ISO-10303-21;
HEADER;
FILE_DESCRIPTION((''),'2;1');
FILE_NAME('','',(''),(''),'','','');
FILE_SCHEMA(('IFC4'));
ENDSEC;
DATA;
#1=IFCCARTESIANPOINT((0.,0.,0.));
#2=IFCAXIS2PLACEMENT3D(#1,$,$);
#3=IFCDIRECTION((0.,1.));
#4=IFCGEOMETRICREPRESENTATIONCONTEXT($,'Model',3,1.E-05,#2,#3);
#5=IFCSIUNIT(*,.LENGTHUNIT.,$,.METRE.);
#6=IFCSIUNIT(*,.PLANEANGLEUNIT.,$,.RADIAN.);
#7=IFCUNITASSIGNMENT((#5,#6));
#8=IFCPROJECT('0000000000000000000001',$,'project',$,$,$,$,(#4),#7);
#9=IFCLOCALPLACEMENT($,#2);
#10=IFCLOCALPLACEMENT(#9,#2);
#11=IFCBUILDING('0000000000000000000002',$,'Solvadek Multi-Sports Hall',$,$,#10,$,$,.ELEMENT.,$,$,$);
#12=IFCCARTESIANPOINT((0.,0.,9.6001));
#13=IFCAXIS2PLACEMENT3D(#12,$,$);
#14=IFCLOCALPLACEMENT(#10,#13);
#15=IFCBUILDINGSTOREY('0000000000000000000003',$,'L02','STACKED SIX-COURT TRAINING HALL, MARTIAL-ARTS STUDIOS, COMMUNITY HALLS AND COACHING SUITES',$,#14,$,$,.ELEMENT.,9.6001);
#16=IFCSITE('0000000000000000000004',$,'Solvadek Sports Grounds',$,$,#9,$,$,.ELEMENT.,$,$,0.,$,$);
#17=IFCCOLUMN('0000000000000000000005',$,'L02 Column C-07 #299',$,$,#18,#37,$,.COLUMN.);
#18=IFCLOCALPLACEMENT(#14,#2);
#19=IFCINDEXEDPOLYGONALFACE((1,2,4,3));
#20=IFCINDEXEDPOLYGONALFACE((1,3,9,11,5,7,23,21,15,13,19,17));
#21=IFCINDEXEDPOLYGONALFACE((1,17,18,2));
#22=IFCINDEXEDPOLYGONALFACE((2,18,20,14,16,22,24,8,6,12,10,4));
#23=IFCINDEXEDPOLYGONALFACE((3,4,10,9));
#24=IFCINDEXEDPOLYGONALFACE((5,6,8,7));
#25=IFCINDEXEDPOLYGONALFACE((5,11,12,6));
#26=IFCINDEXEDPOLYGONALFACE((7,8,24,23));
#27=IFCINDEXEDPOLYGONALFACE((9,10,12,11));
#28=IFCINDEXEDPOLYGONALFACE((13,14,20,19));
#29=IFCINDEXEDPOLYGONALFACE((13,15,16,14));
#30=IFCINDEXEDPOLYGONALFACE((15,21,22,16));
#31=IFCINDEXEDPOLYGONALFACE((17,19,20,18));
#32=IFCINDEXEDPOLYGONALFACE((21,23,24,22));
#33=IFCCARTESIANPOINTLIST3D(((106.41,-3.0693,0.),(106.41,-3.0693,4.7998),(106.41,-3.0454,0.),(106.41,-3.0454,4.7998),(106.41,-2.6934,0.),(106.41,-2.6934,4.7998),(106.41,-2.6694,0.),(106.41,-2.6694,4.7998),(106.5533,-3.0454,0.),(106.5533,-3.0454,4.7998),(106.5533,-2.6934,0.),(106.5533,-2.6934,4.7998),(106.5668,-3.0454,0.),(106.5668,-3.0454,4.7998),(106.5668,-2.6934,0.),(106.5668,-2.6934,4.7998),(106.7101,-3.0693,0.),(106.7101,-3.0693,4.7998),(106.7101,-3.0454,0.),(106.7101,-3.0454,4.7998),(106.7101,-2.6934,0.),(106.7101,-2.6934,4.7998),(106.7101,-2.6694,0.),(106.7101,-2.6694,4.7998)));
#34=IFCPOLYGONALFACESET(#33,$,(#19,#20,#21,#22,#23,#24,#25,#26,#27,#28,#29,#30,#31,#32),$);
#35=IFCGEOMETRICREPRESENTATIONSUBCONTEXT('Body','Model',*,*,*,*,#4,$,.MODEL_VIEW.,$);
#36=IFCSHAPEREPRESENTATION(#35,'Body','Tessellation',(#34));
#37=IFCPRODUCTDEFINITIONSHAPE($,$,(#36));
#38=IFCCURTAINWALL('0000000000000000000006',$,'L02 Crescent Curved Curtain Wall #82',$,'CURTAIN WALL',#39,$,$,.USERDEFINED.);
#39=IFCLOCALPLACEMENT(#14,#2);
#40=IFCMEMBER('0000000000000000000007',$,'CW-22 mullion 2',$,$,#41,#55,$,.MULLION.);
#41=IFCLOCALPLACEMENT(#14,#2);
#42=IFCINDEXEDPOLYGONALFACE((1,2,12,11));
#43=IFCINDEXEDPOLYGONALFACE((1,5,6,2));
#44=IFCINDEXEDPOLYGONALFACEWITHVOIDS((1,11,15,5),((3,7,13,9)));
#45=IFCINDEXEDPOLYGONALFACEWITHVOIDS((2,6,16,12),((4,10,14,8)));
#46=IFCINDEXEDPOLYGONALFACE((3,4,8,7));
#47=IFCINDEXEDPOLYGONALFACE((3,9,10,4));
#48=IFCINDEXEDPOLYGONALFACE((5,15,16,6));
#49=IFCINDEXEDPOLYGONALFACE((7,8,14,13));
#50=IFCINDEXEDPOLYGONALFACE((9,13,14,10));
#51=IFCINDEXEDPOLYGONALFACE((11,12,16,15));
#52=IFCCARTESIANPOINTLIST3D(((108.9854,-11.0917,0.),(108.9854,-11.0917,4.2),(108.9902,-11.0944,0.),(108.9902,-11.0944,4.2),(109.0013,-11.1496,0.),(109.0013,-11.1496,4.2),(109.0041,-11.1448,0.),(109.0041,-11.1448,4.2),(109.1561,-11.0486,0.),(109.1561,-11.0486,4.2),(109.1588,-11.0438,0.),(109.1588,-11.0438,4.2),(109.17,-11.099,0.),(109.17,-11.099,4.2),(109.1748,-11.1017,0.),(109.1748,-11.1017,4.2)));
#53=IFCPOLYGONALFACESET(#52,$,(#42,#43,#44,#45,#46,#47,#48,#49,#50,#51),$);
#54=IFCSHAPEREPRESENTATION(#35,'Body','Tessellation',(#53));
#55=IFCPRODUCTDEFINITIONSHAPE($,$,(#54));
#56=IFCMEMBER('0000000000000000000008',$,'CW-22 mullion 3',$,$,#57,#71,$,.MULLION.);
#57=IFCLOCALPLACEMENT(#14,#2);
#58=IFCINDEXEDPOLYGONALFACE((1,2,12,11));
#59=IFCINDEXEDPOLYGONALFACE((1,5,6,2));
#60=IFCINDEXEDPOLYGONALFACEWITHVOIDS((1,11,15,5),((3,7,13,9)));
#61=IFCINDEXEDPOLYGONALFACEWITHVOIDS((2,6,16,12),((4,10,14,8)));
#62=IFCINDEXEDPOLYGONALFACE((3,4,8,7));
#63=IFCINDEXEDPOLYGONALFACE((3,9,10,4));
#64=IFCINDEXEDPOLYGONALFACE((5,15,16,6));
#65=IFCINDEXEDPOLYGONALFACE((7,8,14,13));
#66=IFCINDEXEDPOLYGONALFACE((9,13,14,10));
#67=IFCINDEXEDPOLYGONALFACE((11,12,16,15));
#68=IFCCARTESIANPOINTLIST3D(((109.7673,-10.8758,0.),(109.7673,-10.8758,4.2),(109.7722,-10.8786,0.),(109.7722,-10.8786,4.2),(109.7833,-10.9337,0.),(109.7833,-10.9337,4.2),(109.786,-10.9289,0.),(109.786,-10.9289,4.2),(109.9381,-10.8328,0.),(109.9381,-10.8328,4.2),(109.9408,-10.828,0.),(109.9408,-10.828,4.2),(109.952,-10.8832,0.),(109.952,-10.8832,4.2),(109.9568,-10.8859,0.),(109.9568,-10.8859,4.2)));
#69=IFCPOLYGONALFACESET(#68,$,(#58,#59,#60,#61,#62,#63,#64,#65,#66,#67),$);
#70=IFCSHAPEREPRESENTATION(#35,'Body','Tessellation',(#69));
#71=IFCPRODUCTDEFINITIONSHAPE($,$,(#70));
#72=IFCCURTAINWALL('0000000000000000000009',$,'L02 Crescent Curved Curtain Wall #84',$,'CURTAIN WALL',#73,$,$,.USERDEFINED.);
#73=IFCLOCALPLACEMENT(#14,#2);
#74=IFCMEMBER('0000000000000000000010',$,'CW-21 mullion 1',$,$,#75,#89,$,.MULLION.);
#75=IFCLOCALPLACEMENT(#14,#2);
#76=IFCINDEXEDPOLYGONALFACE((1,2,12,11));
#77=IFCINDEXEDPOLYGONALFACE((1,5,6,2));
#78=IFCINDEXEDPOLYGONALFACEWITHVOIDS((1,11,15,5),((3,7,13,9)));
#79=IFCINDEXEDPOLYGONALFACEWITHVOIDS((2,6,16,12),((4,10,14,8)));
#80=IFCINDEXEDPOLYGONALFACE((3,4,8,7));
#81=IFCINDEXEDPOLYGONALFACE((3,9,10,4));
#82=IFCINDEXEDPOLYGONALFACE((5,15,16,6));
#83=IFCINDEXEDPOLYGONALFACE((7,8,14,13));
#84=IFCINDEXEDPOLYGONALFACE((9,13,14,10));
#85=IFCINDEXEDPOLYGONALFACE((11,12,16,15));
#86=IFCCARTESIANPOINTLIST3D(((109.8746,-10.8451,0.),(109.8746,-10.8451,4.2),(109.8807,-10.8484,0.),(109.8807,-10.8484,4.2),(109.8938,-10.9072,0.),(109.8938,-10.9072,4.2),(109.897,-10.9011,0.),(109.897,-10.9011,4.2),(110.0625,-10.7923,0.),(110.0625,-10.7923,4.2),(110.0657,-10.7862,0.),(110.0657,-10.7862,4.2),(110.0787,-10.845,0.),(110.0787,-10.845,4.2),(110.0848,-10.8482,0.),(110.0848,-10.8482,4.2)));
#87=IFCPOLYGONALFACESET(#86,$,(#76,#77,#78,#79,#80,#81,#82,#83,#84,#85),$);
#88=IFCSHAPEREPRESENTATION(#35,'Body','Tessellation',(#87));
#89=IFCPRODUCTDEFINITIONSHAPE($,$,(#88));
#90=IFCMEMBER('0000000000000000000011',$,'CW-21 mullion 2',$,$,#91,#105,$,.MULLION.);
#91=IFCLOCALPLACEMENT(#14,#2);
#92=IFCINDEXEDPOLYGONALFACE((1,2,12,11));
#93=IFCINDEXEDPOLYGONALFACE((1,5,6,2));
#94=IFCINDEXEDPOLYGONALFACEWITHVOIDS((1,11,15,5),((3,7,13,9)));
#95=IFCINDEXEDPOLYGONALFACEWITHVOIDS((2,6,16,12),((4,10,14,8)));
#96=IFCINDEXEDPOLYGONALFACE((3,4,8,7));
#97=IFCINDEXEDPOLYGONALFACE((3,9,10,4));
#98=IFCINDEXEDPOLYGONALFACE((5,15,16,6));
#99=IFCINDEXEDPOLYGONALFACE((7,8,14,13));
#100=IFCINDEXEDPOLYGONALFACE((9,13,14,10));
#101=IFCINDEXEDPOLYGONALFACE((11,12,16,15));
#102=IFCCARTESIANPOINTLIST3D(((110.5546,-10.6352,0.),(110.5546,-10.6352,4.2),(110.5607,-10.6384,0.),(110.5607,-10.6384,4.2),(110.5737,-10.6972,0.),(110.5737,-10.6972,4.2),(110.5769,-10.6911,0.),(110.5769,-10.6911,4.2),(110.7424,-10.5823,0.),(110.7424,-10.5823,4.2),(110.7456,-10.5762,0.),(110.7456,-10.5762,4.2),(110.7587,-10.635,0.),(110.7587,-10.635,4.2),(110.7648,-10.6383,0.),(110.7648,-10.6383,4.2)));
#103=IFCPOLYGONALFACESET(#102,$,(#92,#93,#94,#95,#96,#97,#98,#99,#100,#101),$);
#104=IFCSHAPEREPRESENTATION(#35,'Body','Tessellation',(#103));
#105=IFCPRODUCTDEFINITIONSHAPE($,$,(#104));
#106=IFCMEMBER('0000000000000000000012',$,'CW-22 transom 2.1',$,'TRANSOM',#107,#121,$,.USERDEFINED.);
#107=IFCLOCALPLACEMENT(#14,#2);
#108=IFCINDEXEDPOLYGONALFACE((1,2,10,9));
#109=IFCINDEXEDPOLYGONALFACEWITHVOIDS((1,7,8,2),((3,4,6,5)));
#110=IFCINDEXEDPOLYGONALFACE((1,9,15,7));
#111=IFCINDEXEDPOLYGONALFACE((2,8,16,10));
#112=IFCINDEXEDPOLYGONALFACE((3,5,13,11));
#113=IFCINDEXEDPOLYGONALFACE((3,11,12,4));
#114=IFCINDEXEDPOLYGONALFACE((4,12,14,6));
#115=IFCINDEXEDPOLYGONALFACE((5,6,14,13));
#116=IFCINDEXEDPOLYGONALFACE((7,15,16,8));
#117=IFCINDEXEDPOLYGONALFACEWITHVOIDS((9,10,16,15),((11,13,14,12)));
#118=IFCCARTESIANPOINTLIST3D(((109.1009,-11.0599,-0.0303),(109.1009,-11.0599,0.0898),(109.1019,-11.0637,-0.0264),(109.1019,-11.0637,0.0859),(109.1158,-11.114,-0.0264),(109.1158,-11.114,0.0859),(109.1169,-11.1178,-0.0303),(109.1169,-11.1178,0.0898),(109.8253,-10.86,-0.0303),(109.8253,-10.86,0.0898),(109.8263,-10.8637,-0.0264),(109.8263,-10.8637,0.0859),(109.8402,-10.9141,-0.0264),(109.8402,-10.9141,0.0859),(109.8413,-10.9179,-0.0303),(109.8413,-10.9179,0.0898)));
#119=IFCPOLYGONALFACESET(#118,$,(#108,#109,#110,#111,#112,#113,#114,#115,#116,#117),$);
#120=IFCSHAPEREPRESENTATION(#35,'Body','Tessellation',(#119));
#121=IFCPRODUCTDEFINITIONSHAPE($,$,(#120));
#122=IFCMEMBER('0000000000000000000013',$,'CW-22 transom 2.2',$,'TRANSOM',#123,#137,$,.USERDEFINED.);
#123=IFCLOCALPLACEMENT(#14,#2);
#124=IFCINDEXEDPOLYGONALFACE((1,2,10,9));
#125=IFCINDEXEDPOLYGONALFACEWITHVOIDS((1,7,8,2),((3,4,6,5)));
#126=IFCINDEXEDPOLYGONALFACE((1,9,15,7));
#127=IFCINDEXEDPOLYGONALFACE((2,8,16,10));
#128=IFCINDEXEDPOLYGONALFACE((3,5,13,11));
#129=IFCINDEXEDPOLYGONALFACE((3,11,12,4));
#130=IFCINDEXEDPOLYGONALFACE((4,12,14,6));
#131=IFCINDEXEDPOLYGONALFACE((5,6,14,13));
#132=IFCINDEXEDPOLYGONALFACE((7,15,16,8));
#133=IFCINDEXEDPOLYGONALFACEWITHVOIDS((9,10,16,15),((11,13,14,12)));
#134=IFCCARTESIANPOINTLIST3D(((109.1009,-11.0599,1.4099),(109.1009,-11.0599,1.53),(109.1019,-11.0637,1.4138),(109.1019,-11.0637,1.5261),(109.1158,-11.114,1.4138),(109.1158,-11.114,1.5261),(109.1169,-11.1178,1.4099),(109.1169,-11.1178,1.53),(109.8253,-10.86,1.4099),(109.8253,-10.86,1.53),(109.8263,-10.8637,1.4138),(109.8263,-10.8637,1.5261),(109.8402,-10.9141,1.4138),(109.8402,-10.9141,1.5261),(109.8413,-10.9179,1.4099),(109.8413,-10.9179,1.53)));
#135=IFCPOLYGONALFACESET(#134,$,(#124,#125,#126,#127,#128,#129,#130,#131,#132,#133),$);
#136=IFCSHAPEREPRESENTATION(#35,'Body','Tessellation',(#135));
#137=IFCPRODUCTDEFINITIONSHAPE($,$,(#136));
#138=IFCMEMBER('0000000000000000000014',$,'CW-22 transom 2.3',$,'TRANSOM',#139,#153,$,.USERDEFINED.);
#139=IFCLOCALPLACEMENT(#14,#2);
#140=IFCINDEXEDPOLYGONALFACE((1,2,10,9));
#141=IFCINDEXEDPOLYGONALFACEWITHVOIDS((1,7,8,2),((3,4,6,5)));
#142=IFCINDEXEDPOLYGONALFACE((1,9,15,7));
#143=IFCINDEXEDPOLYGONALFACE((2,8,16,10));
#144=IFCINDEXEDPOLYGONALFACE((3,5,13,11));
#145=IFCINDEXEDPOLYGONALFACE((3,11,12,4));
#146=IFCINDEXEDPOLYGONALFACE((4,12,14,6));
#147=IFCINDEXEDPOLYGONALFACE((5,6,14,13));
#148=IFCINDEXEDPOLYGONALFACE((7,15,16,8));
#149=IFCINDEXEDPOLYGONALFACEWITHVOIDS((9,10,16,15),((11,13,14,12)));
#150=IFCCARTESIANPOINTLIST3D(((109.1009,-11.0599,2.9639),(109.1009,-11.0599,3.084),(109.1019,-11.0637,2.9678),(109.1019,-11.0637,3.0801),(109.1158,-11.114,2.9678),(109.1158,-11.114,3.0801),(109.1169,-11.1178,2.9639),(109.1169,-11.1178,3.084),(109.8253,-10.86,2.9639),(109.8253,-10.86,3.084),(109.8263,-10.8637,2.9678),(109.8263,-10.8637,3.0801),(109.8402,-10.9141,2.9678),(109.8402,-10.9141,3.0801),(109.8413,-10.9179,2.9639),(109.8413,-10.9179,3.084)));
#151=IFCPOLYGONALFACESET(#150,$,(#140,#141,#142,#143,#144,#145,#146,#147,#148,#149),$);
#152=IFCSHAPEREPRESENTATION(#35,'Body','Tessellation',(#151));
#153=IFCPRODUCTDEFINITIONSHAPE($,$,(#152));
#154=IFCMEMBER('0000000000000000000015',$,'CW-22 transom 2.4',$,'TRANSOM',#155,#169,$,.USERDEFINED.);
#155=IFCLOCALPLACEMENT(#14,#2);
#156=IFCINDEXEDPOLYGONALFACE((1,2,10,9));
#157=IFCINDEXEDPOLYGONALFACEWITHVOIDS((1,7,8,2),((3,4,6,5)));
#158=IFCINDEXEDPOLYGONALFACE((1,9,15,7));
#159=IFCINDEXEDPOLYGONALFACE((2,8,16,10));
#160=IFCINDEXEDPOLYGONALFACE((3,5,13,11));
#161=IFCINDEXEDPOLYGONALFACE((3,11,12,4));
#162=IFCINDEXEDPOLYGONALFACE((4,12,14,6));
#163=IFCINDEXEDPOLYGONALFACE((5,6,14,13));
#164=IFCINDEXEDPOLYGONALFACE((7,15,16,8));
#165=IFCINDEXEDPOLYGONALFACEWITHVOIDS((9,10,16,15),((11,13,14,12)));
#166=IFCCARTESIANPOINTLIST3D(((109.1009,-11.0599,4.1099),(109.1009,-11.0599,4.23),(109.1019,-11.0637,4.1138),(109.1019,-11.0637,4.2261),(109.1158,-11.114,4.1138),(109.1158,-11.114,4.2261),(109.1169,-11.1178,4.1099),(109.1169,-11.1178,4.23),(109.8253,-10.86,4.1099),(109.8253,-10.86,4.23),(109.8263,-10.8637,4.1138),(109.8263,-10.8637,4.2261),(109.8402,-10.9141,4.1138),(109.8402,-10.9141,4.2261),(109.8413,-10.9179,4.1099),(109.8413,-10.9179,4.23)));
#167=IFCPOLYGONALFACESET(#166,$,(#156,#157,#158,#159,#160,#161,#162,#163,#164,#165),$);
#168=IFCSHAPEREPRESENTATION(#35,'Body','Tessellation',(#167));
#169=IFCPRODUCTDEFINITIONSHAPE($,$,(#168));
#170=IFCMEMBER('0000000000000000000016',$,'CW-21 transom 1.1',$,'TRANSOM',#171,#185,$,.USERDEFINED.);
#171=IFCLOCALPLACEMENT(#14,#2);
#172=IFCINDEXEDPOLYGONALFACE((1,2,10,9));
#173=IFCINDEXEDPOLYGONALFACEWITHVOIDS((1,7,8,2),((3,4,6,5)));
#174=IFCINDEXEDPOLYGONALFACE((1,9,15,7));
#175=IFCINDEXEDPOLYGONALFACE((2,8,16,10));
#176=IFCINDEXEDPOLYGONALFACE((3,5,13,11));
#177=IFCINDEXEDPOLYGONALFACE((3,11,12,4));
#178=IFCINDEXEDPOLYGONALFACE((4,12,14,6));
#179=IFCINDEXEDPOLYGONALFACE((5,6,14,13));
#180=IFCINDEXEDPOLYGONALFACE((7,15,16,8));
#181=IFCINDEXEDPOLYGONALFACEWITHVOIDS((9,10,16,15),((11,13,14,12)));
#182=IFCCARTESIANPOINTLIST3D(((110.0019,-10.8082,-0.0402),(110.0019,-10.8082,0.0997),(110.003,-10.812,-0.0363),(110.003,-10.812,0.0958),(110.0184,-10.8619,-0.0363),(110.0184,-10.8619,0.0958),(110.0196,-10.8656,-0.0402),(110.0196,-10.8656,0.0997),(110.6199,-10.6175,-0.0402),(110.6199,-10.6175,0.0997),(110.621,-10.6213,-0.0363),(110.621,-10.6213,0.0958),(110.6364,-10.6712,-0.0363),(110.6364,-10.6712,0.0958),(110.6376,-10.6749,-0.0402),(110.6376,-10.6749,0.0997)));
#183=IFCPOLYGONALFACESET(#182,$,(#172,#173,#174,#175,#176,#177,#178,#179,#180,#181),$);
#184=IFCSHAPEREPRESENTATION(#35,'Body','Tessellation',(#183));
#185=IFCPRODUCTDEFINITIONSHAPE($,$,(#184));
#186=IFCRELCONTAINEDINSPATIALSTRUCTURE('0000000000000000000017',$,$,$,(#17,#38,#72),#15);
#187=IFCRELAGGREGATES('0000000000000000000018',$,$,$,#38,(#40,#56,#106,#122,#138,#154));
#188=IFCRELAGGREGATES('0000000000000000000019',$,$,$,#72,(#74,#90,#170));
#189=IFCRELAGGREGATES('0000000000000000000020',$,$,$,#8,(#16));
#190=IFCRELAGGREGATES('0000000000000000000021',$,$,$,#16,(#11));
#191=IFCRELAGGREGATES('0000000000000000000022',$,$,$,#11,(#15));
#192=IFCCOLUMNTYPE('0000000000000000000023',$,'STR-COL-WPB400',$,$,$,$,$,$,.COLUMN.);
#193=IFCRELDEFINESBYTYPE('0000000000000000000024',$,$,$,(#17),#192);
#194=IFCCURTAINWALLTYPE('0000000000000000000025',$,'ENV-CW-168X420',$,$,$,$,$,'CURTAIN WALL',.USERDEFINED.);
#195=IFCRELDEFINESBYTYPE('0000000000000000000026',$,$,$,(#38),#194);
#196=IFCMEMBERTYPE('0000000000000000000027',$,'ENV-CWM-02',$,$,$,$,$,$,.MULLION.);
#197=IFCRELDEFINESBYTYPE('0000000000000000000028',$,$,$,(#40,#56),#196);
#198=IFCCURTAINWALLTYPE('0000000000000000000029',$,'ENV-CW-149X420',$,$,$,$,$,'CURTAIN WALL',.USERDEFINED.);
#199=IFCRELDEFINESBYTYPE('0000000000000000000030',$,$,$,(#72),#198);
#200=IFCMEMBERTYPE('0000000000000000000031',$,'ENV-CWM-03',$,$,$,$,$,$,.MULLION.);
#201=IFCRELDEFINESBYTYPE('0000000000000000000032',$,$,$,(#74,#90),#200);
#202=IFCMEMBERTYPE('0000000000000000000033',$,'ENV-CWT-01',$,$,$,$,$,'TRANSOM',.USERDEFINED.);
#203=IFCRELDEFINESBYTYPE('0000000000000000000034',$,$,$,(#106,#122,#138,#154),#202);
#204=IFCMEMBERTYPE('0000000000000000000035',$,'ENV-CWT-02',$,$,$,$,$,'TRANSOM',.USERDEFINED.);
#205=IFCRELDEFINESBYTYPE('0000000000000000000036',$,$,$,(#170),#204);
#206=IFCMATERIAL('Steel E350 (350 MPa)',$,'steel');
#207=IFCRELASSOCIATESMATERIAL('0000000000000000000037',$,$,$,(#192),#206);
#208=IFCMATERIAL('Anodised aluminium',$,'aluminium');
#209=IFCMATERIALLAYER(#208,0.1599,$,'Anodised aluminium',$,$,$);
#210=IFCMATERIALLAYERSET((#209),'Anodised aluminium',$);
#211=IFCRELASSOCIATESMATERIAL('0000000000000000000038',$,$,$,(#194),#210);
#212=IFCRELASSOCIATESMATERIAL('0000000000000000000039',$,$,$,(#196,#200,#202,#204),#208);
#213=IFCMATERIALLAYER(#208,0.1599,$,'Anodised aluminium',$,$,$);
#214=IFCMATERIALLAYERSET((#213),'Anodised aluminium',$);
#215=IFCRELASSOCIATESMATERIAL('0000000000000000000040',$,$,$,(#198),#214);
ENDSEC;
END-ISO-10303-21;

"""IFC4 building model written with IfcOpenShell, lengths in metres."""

from ifc_helpers import new_model, si_unit, direction, frame, origin, origin_2d, place, context, subcontext, project, spatial, hollow_rectangle, i_section, extrude, material, layer, layer_set, material_profile, profile_set, type_object, element, aggregate, save


model = new_model("IFC4")

# Units and contexts
model_context = context("Model", 3, precision=1e-05, world=origin(), true_north=direction((0.0, 1.0)))
body_context = subcontext(model_context, "Body", "Model", "MODEL_VIEW")
ifc_project = project(units=[si_unit("LENGTHUNIT", "METRE"), si_unit("PLANEANGLEUNIT", "RADIAN")], contexts=[model_context])

# Site, building, storey
site_placement = place(None, origin())
site = spatial("IfcSite", under=ifc_project, at=site_placement, Name="Solvadek Sports Grounds", CompositionType="ELEMENT", RefElevation=0.0)
building_placement = place(site_placement, origin())
building = spatial("IfcBuilding", under=site, at=building_placement, Name="Solvadek Multi-Sports Hall", CompositionType="ELEMENT")
storey_placement = place(building_placement, frame((0.0, 0.0, 9.6001)))
storey = spatial("IfcBuildingStorey", under=building, at=storey_placement, Name="L02", Description="STACKED SIX-COURT TRAINING HALL, MARTIAL-ARTS STUDIOS, COMMUNITY HALLS AND COACHING SUITES", CompositionType="ELEMENT", Elevation=9.6001)

# Column
ifc_material_1 = material(Name="Steel E350 (350 MPa)", Category="steel")
ifc_material_profile_1 = material_profile(ifc_material_1, i_section(OverallWidth=0.3, OverallDepth=0.3999, WebThickness=0.0134, FlangeThickness=0.0239, at=origin_2d()), Name="WPB 400")
ifc_profile_set_1 = profile_set([ifc_material_profile_1], Name="Steel E350 (350 MPa)")
column_type = type_object("IfcColumnType", Name="STR-COL-WPB400", PredefinedType="COLUMN", material=ifc_profile_set_1)
column_placement = place(storey_placement, frame((106.5601, -2.8694, 0.0), z_axis=(0.0, 0.0, 1.0), x_axis=(1.0, 0.0, 0.0)))
element("IfcColumn", 1, at=column_placement, inside=storey, type_object=column_type, Name="L02 Column C-07 #299", PredefinedType="COLUMN", context=body_context, shape_type="SweptSolid", body=[
    extrude(i_section(OverallWidth=0.3, OverallDepth=0.3999, WebThickness=0.0134, FlangeThickness=0.0239, at=origin_2d()), origin(), (0.0, 0.0, 1.0), 4.7998),
])

# Curtain walls, members
ifc_material_2 = material(Name="Anodised aluminium", Category="aluminium")
ifc_layer_1 = layer(ifc_material_2, 0.1599, Name="Anodised aluminium")
ifc_layer_set_1 = layer_set([ifc_layer_1], Name="Anodised aluminium")
curtain_wall_type_1 = type_object("IfcCurtainWallType", Name="ENV-CW-168X420", ElementType="CURTAIN WALL", PredefinedType="USERDEFINED", material=ifc_layer_set_1)
curtain_wall_1_placement = place(storey_placement, origin())
curtain_wall_1 = element("IfcCurtainWall", 2, at=curtain_wall_1_placement, inside=storey, type_object=curtain_wall_type_1, Name="L02 Crescent Curved Curtain Wall #82", ObjectType="CURTAIN WALL", PredefinedType="USERDEFINED")
ifc_material_profile_2 = material_profile(ifc_material_2, hollow_rectangle(XDim=0.0601, YDim=0.1799, WallThickness=0.0039, at=origin_2d()), Name="ALU-M 180x60x4")
ifc_profile_set_2 = profile_set([ifc_material_profile_2], Name="Anodised aluminium")
member_type_1 = type_object("IfcMemberType", Name="ENV-CWM-02", PredefinedType="MULLION", material=ifc_profile_set_2)
member_1_placement = place(storey_placement, frame((109.0801, -11.0967, 0.0), z_axis=(0.0, 0.0, 1.0), x_axis=(-0.265982, 0.963978, 0.0)))
member_1 = element("IfcMember", 3, at=member_1_placement, type_object=member_type_1, Name="CW-22 mullion 2", PredefinedType="MULLION", context=body_context, shape_type="SweptSolid", body=[
    extrude(hollow_rectangle(XDim=0.0601, YDim=0.1799, WallThickness=0.0039, at=origin_2d()), origin(), (0.0, 0.0, 1.0), 4.2),
])
member_2_placement = place(storey_placement, frame((109.8621, -10.8809, 0.0), z_axis=(0.0, 0.0, 1.0), x_axis=(-0.265982, 0.963978, 0.0)))
member_2 = element("IfcMember", 4, at=member_2_placement, type_object=member_type_1, Name="CW-22 mullion 3", PredefinedType="MULLION", context=body_context, shape_type="SweptSolid", body=[
    extrude(hollow_rectangle(XDim=0.0601, YDim=0.1799, WallThickness=0.0039, at=origin_2d()), origin(), (0.0, 0.0, 1.0), 4.2),
])
ifc_layer_2 = layer(ifc_material_2, 0.1599, Name="Anodised aluminium")
ifc_layer_set_2 = layer_set([ifc_layer_2], Name="Anodised aluminium")
curtain_wall_type_2 = type_object("IfcCurtainWallType", Name="ENV-CW-149X420", ElementType="CURTAIN WALL", PredefinedType="USERDEFINED", material=ifc_layer_set_2)
curtain_wall_2_placement = place(storey_placement, origin())
curtain_wall_2 = element("IfcCurtainWall", 5, at=curtain_wall_2_placement, inside=storey, type_object=curtain_wall_type_2, Name="L02 Crescent Curved Curtain Wall #84", ObjectType="CURTAIN WALL", PredefinedType="USERDEFINED")
ifc_material_profile_3 = material_profile(ifc_material_2, hollow_rectangle(XDim=0.0649, YDim=0.2, WallThickness=0.0049, at=origin_2d()), Name="ALU-M 200x65x5")
ifc_profile_set_3 = profile_set([ifc_material_profile_3], Name="Anodised aluminium")
member_type_2 = type_object("IfcMemberType", Name="ENV-CWM-03", PredefinedType="MULLION", material=ifc_profile_set_3)
member_3_placement = place(storey_placement, frame((109.9797, -10.8467, 0.0), z_axis=(0.0, 0.0, 1.0), x_axis=(-0.294922, 0.955521, 0.0)))
member_3 = element("IfcMember", 6, at=member_3_placement, type_object=member_type_2, Name="CW-21 mullion 1", PredefinedType="MULLION", context=body_context, shape_type="SweptSolid", body=[
    extrude(hollow_rectangle(XDim=0.0649, YDim=0.2, WallThickness=0.0049, at=origin_2d()), origin(), (0.0, 0.0, 1.0), 4.2),
])
member_4_placement = place(storey_placement, frame((110.6597, -10.6367, 0.0), z_axis=(0.0, 0.0, 1.0), x_axis=(-0.294922, 0.955521, 0.0)))
member_4 = element("IfcMember", 7, at=member_4_placement, type_object=member_type_2, Name="CW-21 mullion 2", PredefinedType="MULLION", context=body_context, shape_type="SweptSolid", body=[
    extrude(hollow_rectangle(XDim=0.0649, YDim=0.2, WallThickness=0.0049, at=origin_2d()), origin(), (0.0, 0.0, 1.0), 4.2),
])

# Members
ifc_material_profile_4 = material_profile(ifc_material_2, hollow_rectangle(XDim=0.0601, YDim=0.1201, WallThickness=0.0039, at=origin_2d()), Name="ALU-T 120x60x4")
ifc_profile_set_4 = profile_set([ifc_material_profile_4], Name="Anodised aluminium")
member_type_3 = type_object("IfcMemberType", Name="ENV-CWT-01", ElementType="TRANSOM", PredefinedType="USERDEFINED", material=ifc_profile_set_4)
member_5_placement = place(storey_placement, frame((109.1089, -11.0889, 0.0298), z_axis=(0.96395, 0.266085, 0.0), x_axis=(-0.266085, 0.96395, 0.0)))
member_5 = element("IfcMember", 8, at=member_5_placement, type_object=member_type_3, Name="CW-22 transom 2.1", ObjectType="TRANSOM", PredefinedType="USERDEFINED", context=body_context, shape_type="SweptSolid", body=[
    extrude(hollow_rectangle(XDim=0.0601, YDim=0.1201, WallThickness=0.0039, at=origin_2d()), origin(), (0.0, 0.0, 1.0), 0.7515),
])
member_6_placement = place(storey_placement, frame((109.1089, -11.0889, 1.47), z_axis=(0.96395, 0.266085, 0.0), x_axis=(-0.266085, 0.96395, 0.0)))
member_6 = element("IfcMember", 9, at=member_6_placement, type_object=member_type_3, Name="CW-22 transom 2.2", ObjectType="TRANSOM", PredefinedType="USERDEFINED", context=body_context, shape_type="SweptSolid", body=[
    extrude(hollow_rectangle(XDim=0.0601, YDim=0.1201, WallThickness=0.0039, at=origin_2d()), origin(), (0.0, 0.0, 1.0), 0.7515),
])
member_7_placement = place(storey_placement, frame((109.1089, -11.0889, 3.0239), z_axis=(0.96395, 0.266085, 0.0), x_axis=(-0.266085, 0.96395, 0.0)))
member_7 = element("IfcMember", 10, at=member_7_placement, type_object=member_type_3, Name="CW-22 transom 2.3", ObjectType="TRANSOM", PredefinedType="USERDEFINED", context=body_context, shape_type="SweptSolid", body=[
    extrude(hollow_rectangle(XDim=0.0601, YDim=0.1201, WallThickness=0.0039, at=origin_2d()), origin(), (0.0, 0.0, 1.0), 0.7515),
])
member_8_placement = place(storey_placement, frame((109.1089, -11.0889, 4.1699), z_axis=(0.96395, 0.266085, 0.0), x_axis=(-0.266085, 0.96395, 0.0)))
member_8 = element("IfcMember", 11, at=member_8_placement, type_object=member_type_3, Name="CW-22 transom 2.4", ObjectType="TRANSOM", PredefinedType="USERDEFINED", context=body_context, shape_type="SweptSolid", body=[
    extrude(hollow_rectangle(XDim=0.0601, YDim=0.1201, WallThickness=0.0039, at=origin_2d()), origin(), (0.0, 0.0, 1.0), 0.7515),
])
ifc_material_profile_5 = material_profile(ifc_material_2, hollow_rectangle(XDim=0.0601, YDim=0.1399, WallThickness=0.0039, at=origin_2d()), Name="ALU-T 140x60x4")
ifc_profile_set_5 = profile_set([ifc_material_profile_5], Name="Anodised aluminium")
member_type_4 = type_object("IfcMemberType", Name="ENV-CWT-02", ElementType="TRANSOM", PredefinedType="USERDEFINED", material=ifc_profile_set_5)
member_9_placement = place(storey_placement, frame((110.0107, -10.8369, 0.0298), z_axis=(0.955542, 0.294855, 0.0), x_axis=(-0.294855, 0.955542, 0.0)))
member_9 = element("IfcMember", 12, at=member_9_placement, type_object=member_type_4, Name="CW-21 transom 1.1", ObjectType="TRANSOM", PredefinedType="USERDEFINED", context=body_context, shape_type="SweptSolid", body=[
    extrude(hollow_rectangle(XDim=0.0601, YDim=0.1399, WallThickness=0.0039, at=origin_2d()), origin(), (0.0, 0.0, 1.0), 0.6467),
])

aggregate(curtain_wall_1, [member_1, member_2, member_5, member_6, member_7, member_8])
aggregate(curtain_wall_2, [member_3, member_4, member_9])

save(model, "model.ifc")
